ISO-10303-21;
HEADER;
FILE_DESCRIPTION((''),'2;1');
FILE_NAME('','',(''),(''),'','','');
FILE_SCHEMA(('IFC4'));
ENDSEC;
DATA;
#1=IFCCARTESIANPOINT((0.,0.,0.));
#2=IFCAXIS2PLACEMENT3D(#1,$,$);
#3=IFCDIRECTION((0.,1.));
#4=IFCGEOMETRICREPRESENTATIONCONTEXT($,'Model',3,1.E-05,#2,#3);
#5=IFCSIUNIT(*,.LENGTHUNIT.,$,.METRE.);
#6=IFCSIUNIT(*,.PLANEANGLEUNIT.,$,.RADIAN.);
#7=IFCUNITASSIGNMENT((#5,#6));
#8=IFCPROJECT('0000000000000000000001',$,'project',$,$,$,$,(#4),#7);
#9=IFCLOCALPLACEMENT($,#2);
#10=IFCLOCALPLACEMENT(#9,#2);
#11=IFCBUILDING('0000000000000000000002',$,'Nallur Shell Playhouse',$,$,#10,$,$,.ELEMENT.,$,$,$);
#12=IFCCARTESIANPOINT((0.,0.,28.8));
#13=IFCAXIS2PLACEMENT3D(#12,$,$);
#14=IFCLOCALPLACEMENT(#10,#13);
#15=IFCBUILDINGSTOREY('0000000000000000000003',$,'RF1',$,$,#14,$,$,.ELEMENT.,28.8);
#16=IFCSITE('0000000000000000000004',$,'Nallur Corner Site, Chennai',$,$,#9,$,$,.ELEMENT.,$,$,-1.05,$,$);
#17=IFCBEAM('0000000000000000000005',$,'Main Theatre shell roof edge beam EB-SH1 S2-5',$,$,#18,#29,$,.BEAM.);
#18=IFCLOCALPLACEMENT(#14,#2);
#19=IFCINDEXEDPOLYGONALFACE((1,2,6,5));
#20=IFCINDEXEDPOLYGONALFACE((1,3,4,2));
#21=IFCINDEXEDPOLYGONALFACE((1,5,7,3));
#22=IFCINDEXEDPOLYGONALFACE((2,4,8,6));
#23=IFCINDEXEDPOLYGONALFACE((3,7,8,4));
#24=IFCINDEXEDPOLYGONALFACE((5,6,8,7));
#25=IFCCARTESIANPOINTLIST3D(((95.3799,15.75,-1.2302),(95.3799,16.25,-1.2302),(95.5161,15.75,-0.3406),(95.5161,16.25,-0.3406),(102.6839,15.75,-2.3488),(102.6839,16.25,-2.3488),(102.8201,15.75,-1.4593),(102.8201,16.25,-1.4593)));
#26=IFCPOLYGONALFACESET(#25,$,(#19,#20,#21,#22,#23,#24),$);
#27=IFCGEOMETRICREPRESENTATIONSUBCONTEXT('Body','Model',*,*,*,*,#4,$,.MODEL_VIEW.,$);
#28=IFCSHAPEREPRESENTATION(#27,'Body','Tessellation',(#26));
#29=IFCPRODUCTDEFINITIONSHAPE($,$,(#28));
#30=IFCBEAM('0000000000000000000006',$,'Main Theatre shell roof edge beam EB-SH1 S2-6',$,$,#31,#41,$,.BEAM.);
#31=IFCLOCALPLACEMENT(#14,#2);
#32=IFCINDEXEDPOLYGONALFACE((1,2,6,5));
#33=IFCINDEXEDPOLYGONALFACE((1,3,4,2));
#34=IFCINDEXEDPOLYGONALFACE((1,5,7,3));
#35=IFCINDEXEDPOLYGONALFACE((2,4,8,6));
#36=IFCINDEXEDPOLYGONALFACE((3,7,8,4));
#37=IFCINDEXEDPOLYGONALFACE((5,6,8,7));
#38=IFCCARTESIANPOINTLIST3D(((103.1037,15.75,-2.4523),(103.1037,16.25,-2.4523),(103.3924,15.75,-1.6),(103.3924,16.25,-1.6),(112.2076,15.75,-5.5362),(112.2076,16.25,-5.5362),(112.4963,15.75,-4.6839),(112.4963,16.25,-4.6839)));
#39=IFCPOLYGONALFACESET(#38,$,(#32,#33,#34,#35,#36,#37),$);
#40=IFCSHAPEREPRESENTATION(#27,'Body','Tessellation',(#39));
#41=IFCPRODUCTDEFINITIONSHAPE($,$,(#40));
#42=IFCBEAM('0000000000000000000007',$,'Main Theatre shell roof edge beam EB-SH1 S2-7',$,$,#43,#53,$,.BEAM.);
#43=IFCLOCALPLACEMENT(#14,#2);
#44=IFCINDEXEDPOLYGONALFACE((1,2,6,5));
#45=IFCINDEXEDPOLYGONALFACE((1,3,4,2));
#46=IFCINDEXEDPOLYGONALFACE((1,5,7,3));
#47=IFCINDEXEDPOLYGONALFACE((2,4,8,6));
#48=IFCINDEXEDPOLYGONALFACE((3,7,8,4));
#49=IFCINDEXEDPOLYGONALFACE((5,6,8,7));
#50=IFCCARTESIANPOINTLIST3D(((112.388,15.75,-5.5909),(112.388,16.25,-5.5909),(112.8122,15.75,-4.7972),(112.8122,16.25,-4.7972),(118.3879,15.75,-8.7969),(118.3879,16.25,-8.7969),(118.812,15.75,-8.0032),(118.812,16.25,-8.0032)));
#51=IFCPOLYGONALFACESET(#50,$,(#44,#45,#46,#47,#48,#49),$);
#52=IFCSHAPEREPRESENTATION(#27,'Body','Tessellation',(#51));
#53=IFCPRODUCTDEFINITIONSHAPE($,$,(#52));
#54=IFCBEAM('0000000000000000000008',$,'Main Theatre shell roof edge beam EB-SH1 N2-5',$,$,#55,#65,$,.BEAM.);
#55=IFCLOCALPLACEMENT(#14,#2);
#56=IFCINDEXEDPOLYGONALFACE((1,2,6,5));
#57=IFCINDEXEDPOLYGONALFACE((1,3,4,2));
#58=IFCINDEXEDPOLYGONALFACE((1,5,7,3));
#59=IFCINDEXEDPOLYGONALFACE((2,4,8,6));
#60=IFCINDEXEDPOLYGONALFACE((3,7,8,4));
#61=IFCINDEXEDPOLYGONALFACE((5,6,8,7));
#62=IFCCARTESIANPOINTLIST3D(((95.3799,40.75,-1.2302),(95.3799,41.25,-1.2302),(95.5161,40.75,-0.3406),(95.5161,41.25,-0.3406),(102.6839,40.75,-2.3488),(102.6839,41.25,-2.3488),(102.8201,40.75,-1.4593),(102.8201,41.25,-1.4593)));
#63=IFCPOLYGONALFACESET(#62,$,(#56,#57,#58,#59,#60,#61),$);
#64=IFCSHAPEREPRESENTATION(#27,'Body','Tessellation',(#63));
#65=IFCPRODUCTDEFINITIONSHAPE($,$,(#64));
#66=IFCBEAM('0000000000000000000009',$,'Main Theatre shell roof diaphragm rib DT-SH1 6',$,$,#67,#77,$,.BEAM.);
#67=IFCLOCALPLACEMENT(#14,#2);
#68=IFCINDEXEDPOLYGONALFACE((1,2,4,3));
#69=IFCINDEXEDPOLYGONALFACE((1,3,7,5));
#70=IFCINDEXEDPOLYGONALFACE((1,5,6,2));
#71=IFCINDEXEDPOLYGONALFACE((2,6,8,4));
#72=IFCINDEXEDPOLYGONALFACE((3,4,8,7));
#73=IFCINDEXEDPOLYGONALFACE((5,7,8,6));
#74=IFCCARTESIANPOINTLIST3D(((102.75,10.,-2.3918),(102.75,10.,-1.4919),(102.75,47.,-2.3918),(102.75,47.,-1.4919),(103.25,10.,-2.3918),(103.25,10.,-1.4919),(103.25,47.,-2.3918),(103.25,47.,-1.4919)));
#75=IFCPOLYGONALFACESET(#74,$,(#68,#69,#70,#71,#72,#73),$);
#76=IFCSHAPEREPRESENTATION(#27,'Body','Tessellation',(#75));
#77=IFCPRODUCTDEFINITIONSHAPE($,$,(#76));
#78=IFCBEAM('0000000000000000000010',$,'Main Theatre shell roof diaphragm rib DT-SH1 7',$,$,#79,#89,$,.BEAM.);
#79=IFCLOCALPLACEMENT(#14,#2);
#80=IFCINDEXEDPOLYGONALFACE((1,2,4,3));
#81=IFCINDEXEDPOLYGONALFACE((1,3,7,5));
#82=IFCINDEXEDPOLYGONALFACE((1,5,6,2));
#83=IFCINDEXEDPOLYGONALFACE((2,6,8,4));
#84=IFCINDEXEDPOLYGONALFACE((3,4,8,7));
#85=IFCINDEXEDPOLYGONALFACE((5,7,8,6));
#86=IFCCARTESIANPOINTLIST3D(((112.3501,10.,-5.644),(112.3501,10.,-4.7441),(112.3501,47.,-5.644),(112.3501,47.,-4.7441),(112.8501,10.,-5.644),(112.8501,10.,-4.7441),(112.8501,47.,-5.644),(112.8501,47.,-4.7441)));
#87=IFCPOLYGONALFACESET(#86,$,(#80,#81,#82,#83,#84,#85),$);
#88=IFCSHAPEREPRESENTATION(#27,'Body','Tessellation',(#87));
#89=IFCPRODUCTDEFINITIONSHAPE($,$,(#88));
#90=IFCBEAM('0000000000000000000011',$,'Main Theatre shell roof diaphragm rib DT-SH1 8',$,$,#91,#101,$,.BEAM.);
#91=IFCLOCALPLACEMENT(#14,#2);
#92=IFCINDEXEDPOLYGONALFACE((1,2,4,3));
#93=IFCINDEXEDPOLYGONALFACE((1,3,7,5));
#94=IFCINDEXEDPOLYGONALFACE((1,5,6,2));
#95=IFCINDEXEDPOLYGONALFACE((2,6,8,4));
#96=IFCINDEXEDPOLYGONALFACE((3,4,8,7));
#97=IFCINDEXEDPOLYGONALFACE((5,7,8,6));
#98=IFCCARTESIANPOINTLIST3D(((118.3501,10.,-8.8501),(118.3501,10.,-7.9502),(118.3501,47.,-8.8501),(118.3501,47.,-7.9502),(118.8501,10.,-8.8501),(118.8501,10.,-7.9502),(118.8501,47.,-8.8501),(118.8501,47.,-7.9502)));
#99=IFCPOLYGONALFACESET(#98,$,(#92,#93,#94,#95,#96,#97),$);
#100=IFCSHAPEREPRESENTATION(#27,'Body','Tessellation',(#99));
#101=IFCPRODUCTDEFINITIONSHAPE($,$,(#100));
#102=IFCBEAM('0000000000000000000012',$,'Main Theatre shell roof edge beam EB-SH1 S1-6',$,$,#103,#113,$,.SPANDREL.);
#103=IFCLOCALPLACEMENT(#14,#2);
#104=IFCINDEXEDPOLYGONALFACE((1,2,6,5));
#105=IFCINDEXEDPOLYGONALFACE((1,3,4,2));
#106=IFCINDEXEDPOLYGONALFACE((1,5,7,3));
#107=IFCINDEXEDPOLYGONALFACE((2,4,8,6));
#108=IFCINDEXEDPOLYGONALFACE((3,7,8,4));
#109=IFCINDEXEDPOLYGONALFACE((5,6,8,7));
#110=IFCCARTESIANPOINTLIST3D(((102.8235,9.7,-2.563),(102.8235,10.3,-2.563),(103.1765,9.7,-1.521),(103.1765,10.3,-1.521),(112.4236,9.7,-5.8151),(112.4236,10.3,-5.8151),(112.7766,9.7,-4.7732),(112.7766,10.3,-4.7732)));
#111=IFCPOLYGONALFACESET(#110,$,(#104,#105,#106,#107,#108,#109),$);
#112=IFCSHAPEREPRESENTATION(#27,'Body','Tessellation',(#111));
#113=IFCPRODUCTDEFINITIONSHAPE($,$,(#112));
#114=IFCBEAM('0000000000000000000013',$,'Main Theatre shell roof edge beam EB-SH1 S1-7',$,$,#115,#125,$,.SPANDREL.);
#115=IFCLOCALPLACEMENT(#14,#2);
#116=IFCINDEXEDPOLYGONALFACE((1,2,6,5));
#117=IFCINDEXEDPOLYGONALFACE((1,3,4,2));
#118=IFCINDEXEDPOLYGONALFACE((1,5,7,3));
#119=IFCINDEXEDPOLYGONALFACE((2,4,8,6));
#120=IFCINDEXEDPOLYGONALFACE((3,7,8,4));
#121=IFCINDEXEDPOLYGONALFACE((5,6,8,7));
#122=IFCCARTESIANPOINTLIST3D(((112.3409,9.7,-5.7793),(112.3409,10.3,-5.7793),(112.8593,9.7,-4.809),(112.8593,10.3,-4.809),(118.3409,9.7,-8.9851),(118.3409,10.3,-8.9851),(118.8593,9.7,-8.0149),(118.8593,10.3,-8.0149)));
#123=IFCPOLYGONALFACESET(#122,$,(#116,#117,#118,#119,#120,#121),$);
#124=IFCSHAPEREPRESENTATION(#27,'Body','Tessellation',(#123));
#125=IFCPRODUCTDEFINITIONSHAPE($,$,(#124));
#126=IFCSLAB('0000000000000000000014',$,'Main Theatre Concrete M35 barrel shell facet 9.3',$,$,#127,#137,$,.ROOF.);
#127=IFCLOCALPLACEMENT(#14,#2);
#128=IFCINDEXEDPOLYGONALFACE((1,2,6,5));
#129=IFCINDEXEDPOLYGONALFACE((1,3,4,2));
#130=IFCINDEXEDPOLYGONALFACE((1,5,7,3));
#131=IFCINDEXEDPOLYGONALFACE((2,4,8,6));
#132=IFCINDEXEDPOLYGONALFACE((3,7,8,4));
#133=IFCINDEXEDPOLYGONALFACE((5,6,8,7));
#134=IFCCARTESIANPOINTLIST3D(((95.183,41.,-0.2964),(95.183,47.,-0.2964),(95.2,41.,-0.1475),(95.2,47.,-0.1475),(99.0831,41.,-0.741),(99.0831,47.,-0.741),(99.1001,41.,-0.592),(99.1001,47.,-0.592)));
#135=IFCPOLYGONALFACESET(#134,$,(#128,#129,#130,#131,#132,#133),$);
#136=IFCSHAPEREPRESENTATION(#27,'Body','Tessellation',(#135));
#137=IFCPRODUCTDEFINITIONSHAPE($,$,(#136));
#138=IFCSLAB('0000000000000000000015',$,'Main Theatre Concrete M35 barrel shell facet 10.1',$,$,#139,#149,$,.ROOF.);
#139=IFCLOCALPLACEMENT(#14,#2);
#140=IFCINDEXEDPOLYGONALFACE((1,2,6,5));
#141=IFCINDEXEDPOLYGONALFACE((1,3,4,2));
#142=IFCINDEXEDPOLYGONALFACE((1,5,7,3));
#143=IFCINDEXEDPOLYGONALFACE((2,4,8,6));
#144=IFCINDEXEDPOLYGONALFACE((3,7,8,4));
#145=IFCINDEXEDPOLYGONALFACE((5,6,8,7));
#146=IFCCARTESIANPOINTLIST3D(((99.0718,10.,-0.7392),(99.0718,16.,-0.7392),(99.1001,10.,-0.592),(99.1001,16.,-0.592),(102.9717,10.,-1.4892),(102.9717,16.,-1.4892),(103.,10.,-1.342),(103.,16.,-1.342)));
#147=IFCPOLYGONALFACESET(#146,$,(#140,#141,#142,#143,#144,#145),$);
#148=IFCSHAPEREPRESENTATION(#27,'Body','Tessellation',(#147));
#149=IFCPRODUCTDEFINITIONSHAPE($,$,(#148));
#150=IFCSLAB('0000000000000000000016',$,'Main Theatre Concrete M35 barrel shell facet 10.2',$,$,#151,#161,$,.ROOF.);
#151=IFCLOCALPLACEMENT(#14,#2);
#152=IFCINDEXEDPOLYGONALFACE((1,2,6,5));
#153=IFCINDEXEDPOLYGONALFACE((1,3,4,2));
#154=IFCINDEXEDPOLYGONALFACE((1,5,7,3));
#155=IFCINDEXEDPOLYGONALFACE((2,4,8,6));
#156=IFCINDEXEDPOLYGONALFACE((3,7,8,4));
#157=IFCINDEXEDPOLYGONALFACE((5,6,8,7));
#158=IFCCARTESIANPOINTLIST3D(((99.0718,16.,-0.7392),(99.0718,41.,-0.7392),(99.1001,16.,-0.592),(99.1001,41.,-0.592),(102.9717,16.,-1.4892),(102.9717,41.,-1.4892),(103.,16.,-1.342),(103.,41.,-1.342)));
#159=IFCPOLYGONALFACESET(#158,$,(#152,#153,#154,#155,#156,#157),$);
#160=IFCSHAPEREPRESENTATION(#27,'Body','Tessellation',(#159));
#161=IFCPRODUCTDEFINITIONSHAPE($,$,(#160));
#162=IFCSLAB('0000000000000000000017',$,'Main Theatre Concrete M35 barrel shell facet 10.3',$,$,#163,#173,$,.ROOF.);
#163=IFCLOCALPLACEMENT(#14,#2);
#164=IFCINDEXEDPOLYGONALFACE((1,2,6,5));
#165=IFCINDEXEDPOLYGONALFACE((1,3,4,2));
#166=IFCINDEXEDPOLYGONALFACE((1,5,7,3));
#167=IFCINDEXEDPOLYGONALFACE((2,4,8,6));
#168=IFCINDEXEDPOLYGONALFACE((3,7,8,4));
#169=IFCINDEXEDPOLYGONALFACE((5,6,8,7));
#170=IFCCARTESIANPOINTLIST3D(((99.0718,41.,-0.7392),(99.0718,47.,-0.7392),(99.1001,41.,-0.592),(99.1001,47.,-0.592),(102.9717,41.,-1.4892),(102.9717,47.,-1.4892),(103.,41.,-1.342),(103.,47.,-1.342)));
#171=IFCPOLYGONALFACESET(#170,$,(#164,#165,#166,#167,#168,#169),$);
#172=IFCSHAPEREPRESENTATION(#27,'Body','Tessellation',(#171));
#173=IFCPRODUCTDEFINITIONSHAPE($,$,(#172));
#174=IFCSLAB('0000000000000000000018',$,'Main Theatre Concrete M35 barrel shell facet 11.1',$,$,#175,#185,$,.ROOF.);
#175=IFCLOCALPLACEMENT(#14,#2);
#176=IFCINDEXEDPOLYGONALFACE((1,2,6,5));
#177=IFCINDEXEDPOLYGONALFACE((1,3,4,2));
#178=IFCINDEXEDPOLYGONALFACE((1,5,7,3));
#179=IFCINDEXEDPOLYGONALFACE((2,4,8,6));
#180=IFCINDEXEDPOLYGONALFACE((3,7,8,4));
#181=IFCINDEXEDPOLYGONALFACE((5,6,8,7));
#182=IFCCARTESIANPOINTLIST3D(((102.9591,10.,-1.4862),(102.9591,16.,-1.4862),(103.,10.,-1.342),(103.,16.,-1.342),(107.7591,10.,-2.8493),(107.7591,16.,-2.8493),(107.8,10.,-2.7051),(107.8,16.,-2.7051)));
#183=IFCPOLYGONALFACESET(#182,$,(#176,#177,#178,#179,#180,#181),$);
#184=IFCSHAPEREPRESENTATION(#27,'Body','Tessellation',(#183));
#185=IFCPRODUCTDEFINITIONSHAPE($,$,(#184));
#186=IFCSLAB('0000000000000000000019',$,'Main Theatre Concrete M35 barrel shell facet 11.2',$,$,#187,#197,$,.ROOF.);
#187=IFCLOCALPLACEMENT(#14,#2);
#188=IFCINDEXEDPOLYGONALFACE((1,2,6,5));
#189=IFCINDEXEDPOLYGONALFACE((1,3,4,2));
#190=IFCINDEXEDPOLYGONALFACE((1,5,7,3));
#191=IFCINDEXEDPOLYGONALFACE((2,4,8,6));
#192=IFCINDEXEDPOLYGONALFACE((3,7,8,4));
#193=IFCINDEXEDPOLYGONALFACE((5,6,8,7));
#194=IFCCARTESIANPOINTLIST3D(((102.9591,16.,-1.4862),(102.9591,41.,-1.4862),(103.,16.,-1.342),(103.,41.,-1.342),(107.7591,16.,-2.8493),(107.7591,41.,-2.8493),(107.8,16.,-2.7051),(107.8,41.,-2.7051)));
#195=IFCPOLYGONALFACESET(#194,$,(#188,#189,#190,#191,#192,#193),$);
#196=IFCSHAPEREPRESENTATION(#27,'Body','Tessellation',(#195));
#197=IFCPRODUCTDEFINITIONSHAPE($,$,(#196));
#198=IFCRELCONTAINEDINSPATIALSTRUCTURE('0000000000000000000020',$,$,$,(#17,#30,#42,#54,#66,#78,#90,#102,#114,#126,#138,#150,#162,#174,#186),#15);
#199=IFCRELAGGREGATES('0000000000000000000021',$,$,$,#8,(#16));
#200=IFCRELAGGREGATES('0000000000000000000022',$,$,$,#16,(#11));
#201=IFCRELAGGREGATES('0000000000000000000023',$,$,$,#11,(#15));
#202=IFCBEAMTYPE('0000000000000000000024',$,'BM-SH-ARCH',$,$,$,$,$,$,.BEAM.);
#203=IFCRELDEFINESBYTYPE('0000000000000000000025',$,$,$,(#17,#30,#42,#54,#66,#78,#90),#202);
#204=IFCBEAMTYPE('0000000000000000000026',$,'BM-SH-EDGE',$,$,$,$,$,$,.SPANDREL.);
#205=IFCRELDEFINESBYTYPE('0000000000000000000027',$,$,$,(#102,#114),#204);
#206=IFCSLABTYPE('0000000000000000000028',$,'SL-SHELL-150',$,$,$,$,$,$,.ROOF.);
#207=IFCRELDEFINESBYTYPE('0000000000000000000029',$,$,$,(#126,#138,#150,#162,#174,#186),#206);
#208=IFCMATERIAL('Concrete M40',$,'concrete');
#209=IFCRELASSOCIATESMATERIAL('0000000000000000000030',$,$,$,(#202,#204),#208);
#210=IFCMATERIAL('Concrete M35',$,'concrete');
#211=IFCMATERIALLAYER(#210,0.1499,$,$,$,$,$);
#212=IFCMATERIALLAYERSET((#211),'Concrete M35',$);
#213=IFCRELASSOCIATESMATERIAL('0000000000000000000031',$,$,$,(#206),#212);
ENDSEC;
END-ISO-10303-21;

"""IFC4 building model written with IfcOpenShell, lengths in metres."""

from ifc_helpers import new_model, si_unit, direction, frame, origin, origin_2d, place, context, subcontext, project, spatial, polyline, rectangle, outline, extrude, material, layer, layer_set, material_profile, profile_set, type_object, element, save


model = new_model("IFC4")

# Units and contexts
model_context = context("Model", 3, precision=1e-05, world=origin(), true_north=direction((0.0, 1.0)))
body_context = subcontext(model_context, "Body", "Model", "MODEL_VIEW")
ifc_project = project(units=[si_unit("LENGTHUNIT", "METRE"), si_unit("PLANEANGLEUNIT", "RADIAN")], contexts=[model_context])

# Site, building, storey
site_placement = place(None, origin())
site = spatial("IfcSite", under=ifc_project, at=site_placement, Name="Nallur Corner Site, Chennai", CompositionType="ELEMENT", RefElevation=-1.05)
building_placement = place(site_placement, origin())
building = spatial("IfcBuilding", under=site, at=building_placement, Name="Nallur Shell Playhouse", CompositionType="ELEMENT")
storey_placement = place(building_placement, frame((0.0, 0.0, 28.8)))
storey = spatial("IfcBuildingStorey", under=building, at=storey_placement, Name="RF1", CompositionType="ELEMENT", Elevation=28.8)

# Beams
ifc_material_1 = material(Name="Concrete M40", Category="concrete")
ifc_material_profile_1 = material_profile(ifc_material_1, rectangle(XDim=0.5, YDim=0.8999, at=origin_2d()), Name="RC 500x900")
ifc_profile_set_1 = profile_set([ifc_material_profile_1], Name="Concrete M40")
beam_type_1 = type_object("IfcBeamType", Name="BM-SH-ARCH", PredefinedType="BEAM", material=ifc_profile_set_1)
beam_1_placement = place(storey_placement, frame((95.448, 16.0, -0.7854), z_axis=(0.988474, 0.0, -0.151392), x_axis=(0.0, 1.0, 0.0)))
element("IfcBeam", 1, at=beam_1_placement, inside=storey, type_object=beam_type_1, Name="Main Theatre shell roof edge beam EB-SH1 S2-5", PredefinedType="BEAM", context=body_context, shape_type="SweptSolid", body=[
    extrude(rectangle(XDim=0.5, YDim=0.8999, at=origin_2d()), origin(), (0.0, 0.0, 1.0), 7.3892),
])
beam_2_placement = place(storey_placement, frame((103.248, 16.0, -2.0261), z_axis=(0.947133, 0.0, -0.320842), x_axis=(0.0, 1.0, 0.0)))
element("IfcBeam", 2, at=beam_2_placement, inside=storey, type_object=beam_type_1, Name="Main Theatre shell roof edge beam EB-SH1 S2-6", PredefinedType="BEAM", context=body_context, shape_type="SweptSolid", body=[
    extrude(rectangle(XDim=0.5, YDim=0.8999, at=origin_2d()), origin(), (0.0, 0.0, 1.0), 9.6121),
])
beam_3_placement = place(storey_placement, frame((112.6001, 16.0, -5.1941), z_axis=(0.881983, 0.0, -0.471281), x_axis=(0.0, 1.0, 0.0)))
element("IfcBeam", 3, at=beam_3_placement, inside=storey, type_object=beam_type_1, Name="Main Theatre shell roof edge beam EB-SH1 S2-7", PredefinedType="BEAM", context=body_context, shape_type="SweptSolid", body=[
    extrude(rectangle(XDim=0.5, YDim=0.8999, at=origin_2d()), origin(), (0.0, 0.0, 1.0), 6.8027),
])
beam_4_placement = place(storey_placement, frame((95.448, 41.0, -0.7854), z_axis=(0.988474, 0.0, -0.151392), x_axis=(0.0, 1.0, 0.0)))
element("IfcBeam", 4, at=beam_4_placement, inside=storey, type_object=beam_type_1, Name="Main Theatre shell roof edge beam EB-SH1 N2-5", PredefinedType="BEAM", context=body_context, shape_type="SweptSolid", body=[
    extrude(rectangle(XDim=0.5, YDim=0.8999, at=origin_2d()), origin(), (0.0, 0.0, 1.0), 7.3892),
])
for number, where, z_axis, x_axis, name in (
    (5, (103.0, 10.0, -1.9419), (0.0, 1.0, 0.0), (-1.0, 0.0, 0.0), "Main Theatre shell roof diaphragm rib DT-SH1 6"),
    (6, (112.6001, 10.0, -5.1941), (0.0, 1.0, 0.0), (-1.0, 0.0, 0.0), "Main Theatre shell roof diaphragm rib DT-SH1 7"),
    (7, (118.6001, 10.0, -8.4001), (0.0, 1.0, 0.0), (-1.0, 0.0, 0.0), "Main Theatre shell roof diaphragm rib DT-SH1 8"),
):
    element("IfcBeam", number, at=place(storey_placement, frame(where, z_axis=z_axis, x_axis=x_axis)), inside=storey, type_object=beam_type_1, Name=name, PredefinedType="BEAM", context=body_context, shape_type="SweptSolid", body=[
        extrude(rectangle(XDim=0.5, YDim=0.8999, at=origin_2d()), origin(), (0.0, 0.0, 1.0), 37.0),
    ])
ifc_material_profile_2 = material_profile(ifc_material_1, rectangle(XDim=0.6001, YDim=1.1001, at=origin_2d()), Name="RC 600x1100")
ifc_profile_set_2 = profile_set([ifc_material_profile_2], Name="Concrete M40")
beam_type_2 = type_object("IfcBeamType", Name="BM-SH-EDGE", PredefinedType="SPANDREL", material=ifc_profile_set_2)
beam_5_placement = place(storey_placement, frame((103.0, 10.0, -2.042), z_axis=(0.947128, 0.0, -0.320856), x_axis=(0.0, 1.0, 0.0)))
element("IfcBeam", 8, at=beam_5_placement, inside=storey, type_object=beam_type_2, Name="Main Theatre shell roof edge beam EB-SH1 S1-6", PredefinedType="SPANDREL", context=body_context, shape_type="SweptSolid", body=[
    extrude(rectangle(XDim=0.6001, YDim=1.1001, at=origin_2d()), origin(), (0.0, 0.0, 1.0), 10.136),
])
beam_6_placement = place(storey_placement, frame((112.6001, 10.0, -5.2942), z_axis=(0.881998, 0.0, -0.471253), x_axis=(0.0, 1.0, 0.0)))
element("IfcBeam", 9, at=beam_6_placement, inside=storey, type_object=beam_type_2, Name="Main Theatre shell roof edge beam EB-SH1 S1-7", PredefinedType="SPANDREL", context=body_context, shape_type="SweptSolid", body=[
    extrude(rectangle(XDim=0.6001, YDim=1.1001, at=origin_2d()), origin(), (0.0, 0.0, 1.0), 6.8027),
])

# Slabs
ifc_material_2 = material(Name="Concrete M35", Category="concrete")
ifc_layer = layer(ifc_material_2, 0.1499)
ifc_layer_set = layer_set([ifc_layer], Name="Concrete M35")
slab_type = type_object("IfcSlabType", Name="SL-SHELL-150", PredefinedType="ROOF", material=ifc_layer_set)
slab_1_placement = place(storey_placement, frame((95.2, 41.0, -0.1475), z_axis=(0.113257, 0.0, 0.993566), x_axis=(0.993566, 0.0, -0.113257)))
element("IfcSlab", 10, at=slab_1_placement, inside=storey, type_object=slab_type, Name="Main Theatre Concrete M35 barrel shell facet 9.3", PredefinedType="ROOF", context=body_context, shape_type="SweptSolid", body=[
    extrude(outline(polyline([(0.0, 0.0), (3.9254, 0.0), (3.9254, 6.0), (0.0, 6.0), (0.0, 0.0)])), origin(), (0.0, 0.0, -1.0), 0.1499),
])
slab_2_placement = place(storey_placement, frame((99.1001, 10.0, -0.592), z_axis=(0.188852, 0.0, 0.982006), x_axis=(0.982006, 0.0, -0.188852)))
element("IfcSlab", 11, at=slab_2_placement, inside=storey, type_object=slab_type, Name="Main Theatre Concrete M35 barrel shell facet 10.1", PredefinedType="ROOF", context=body_context, shape_type="SweptSolid", body=[
    extrude(outline(polyline([(0.0, 0.0), (3.9714, 0.0), (3.9714, 6.0), (0.0, 6.0), (0.0, 0.0)])), origin(), (0.0, 0.0, -1.0), 0.1499),
])
slab_3_placement = place(storey_placement, frame((99.1001, 16.0, -0.592), z_axis=(0.188852, 0.0, 0.982006), x_axis=(0.982006, 0.0, -0.188852)))
element("IfcSlab", 12, at=slab_3_placement, inside=storey, type_object=slab_type, Name="Main Theatre Concrete M35 barrel shell facet 10.2", PredefinedType="ROOF", context=body_context, shape_type="SweptSolid", body=[
    extrude(outline(polyline([(0.0, 0.0), (3.9714, 0.0), (3.9714, 25.0), (0.0, 25.0), (0.0, 0.0)])), origin(), (0.0, 0.0, -1.0), 0.1499),
])
slab_4_placement = place(storey_placement, frame((99.1001, 41.0, -0.592), z_axis=(0.188852, 0.0, 0.982006), x_axis=(0.982006, 0.0, -0.188852)))
element("IfcSlab", 13, at=slab_4_placement, inside=storey, type_object=slab_type, Name="Main Theatre Concrete M35 barrel shell facet 10.3", PredefinedType="ROOF", context=body_context, shape_type="SweptSolid", body=[
    extrude(outline(polyline([(0.0, 0.0), (3.9714, 0.0), (3.9714, 6.0), (0.0, 6.0), (0.0, 0.0)])), origin(), (0.0, 0.0, -1.0), 0.1499),
])
slab_5_placement = place(storey_placement, frame((103.0, 10.0, -1.342), z_axis=(0.273163, 0.0, 0.961968), x_axis=(0.961968, 0.0, -0.273163)))
element("IfcSlab", 14, at=slab_5_placement, inside=storey, type_object=slab_type, Name="Main Theatre Concrete M35 barrel shell facet 11.1", PredefinedType="ROOF", context=body_context, shape_type="SweptSolid", body=[
    extrude(outline(polyline([(0.0, 0.0), (4.9898, 0.0), (4.9898, 6.0), (0.0, 6.0), (0.0, 0.0)])), origin(), (0.0, 0.0, -1.0), 0.1499),
])
slab_6_placement = place(storey_placement, frame((103.0, 16.0, -1.342), z_axis=(0.273163, 0.0, 0.961968), x_axis=(0.961968, 0.0, -0.273163)))
element("IfcSlab", 15, at=slab_6_placement, inside=storey, type_object=slab_type, Name="Main Theatre Concrete M35 barrel shell facet 11.2", PredefinedType="ROOF", context=body_context, shape_type="SweptSolid", body=[
    extrude(outline(polyline([(0.0, 0.0), (4.9898, 0.0), (4.9898, 25.0), (0.0, 25.0), (0.0, 0.0)])), origin(), (0.0, 0.0, -1.0), 0.1499),
])

save(model, "model.ifc")
